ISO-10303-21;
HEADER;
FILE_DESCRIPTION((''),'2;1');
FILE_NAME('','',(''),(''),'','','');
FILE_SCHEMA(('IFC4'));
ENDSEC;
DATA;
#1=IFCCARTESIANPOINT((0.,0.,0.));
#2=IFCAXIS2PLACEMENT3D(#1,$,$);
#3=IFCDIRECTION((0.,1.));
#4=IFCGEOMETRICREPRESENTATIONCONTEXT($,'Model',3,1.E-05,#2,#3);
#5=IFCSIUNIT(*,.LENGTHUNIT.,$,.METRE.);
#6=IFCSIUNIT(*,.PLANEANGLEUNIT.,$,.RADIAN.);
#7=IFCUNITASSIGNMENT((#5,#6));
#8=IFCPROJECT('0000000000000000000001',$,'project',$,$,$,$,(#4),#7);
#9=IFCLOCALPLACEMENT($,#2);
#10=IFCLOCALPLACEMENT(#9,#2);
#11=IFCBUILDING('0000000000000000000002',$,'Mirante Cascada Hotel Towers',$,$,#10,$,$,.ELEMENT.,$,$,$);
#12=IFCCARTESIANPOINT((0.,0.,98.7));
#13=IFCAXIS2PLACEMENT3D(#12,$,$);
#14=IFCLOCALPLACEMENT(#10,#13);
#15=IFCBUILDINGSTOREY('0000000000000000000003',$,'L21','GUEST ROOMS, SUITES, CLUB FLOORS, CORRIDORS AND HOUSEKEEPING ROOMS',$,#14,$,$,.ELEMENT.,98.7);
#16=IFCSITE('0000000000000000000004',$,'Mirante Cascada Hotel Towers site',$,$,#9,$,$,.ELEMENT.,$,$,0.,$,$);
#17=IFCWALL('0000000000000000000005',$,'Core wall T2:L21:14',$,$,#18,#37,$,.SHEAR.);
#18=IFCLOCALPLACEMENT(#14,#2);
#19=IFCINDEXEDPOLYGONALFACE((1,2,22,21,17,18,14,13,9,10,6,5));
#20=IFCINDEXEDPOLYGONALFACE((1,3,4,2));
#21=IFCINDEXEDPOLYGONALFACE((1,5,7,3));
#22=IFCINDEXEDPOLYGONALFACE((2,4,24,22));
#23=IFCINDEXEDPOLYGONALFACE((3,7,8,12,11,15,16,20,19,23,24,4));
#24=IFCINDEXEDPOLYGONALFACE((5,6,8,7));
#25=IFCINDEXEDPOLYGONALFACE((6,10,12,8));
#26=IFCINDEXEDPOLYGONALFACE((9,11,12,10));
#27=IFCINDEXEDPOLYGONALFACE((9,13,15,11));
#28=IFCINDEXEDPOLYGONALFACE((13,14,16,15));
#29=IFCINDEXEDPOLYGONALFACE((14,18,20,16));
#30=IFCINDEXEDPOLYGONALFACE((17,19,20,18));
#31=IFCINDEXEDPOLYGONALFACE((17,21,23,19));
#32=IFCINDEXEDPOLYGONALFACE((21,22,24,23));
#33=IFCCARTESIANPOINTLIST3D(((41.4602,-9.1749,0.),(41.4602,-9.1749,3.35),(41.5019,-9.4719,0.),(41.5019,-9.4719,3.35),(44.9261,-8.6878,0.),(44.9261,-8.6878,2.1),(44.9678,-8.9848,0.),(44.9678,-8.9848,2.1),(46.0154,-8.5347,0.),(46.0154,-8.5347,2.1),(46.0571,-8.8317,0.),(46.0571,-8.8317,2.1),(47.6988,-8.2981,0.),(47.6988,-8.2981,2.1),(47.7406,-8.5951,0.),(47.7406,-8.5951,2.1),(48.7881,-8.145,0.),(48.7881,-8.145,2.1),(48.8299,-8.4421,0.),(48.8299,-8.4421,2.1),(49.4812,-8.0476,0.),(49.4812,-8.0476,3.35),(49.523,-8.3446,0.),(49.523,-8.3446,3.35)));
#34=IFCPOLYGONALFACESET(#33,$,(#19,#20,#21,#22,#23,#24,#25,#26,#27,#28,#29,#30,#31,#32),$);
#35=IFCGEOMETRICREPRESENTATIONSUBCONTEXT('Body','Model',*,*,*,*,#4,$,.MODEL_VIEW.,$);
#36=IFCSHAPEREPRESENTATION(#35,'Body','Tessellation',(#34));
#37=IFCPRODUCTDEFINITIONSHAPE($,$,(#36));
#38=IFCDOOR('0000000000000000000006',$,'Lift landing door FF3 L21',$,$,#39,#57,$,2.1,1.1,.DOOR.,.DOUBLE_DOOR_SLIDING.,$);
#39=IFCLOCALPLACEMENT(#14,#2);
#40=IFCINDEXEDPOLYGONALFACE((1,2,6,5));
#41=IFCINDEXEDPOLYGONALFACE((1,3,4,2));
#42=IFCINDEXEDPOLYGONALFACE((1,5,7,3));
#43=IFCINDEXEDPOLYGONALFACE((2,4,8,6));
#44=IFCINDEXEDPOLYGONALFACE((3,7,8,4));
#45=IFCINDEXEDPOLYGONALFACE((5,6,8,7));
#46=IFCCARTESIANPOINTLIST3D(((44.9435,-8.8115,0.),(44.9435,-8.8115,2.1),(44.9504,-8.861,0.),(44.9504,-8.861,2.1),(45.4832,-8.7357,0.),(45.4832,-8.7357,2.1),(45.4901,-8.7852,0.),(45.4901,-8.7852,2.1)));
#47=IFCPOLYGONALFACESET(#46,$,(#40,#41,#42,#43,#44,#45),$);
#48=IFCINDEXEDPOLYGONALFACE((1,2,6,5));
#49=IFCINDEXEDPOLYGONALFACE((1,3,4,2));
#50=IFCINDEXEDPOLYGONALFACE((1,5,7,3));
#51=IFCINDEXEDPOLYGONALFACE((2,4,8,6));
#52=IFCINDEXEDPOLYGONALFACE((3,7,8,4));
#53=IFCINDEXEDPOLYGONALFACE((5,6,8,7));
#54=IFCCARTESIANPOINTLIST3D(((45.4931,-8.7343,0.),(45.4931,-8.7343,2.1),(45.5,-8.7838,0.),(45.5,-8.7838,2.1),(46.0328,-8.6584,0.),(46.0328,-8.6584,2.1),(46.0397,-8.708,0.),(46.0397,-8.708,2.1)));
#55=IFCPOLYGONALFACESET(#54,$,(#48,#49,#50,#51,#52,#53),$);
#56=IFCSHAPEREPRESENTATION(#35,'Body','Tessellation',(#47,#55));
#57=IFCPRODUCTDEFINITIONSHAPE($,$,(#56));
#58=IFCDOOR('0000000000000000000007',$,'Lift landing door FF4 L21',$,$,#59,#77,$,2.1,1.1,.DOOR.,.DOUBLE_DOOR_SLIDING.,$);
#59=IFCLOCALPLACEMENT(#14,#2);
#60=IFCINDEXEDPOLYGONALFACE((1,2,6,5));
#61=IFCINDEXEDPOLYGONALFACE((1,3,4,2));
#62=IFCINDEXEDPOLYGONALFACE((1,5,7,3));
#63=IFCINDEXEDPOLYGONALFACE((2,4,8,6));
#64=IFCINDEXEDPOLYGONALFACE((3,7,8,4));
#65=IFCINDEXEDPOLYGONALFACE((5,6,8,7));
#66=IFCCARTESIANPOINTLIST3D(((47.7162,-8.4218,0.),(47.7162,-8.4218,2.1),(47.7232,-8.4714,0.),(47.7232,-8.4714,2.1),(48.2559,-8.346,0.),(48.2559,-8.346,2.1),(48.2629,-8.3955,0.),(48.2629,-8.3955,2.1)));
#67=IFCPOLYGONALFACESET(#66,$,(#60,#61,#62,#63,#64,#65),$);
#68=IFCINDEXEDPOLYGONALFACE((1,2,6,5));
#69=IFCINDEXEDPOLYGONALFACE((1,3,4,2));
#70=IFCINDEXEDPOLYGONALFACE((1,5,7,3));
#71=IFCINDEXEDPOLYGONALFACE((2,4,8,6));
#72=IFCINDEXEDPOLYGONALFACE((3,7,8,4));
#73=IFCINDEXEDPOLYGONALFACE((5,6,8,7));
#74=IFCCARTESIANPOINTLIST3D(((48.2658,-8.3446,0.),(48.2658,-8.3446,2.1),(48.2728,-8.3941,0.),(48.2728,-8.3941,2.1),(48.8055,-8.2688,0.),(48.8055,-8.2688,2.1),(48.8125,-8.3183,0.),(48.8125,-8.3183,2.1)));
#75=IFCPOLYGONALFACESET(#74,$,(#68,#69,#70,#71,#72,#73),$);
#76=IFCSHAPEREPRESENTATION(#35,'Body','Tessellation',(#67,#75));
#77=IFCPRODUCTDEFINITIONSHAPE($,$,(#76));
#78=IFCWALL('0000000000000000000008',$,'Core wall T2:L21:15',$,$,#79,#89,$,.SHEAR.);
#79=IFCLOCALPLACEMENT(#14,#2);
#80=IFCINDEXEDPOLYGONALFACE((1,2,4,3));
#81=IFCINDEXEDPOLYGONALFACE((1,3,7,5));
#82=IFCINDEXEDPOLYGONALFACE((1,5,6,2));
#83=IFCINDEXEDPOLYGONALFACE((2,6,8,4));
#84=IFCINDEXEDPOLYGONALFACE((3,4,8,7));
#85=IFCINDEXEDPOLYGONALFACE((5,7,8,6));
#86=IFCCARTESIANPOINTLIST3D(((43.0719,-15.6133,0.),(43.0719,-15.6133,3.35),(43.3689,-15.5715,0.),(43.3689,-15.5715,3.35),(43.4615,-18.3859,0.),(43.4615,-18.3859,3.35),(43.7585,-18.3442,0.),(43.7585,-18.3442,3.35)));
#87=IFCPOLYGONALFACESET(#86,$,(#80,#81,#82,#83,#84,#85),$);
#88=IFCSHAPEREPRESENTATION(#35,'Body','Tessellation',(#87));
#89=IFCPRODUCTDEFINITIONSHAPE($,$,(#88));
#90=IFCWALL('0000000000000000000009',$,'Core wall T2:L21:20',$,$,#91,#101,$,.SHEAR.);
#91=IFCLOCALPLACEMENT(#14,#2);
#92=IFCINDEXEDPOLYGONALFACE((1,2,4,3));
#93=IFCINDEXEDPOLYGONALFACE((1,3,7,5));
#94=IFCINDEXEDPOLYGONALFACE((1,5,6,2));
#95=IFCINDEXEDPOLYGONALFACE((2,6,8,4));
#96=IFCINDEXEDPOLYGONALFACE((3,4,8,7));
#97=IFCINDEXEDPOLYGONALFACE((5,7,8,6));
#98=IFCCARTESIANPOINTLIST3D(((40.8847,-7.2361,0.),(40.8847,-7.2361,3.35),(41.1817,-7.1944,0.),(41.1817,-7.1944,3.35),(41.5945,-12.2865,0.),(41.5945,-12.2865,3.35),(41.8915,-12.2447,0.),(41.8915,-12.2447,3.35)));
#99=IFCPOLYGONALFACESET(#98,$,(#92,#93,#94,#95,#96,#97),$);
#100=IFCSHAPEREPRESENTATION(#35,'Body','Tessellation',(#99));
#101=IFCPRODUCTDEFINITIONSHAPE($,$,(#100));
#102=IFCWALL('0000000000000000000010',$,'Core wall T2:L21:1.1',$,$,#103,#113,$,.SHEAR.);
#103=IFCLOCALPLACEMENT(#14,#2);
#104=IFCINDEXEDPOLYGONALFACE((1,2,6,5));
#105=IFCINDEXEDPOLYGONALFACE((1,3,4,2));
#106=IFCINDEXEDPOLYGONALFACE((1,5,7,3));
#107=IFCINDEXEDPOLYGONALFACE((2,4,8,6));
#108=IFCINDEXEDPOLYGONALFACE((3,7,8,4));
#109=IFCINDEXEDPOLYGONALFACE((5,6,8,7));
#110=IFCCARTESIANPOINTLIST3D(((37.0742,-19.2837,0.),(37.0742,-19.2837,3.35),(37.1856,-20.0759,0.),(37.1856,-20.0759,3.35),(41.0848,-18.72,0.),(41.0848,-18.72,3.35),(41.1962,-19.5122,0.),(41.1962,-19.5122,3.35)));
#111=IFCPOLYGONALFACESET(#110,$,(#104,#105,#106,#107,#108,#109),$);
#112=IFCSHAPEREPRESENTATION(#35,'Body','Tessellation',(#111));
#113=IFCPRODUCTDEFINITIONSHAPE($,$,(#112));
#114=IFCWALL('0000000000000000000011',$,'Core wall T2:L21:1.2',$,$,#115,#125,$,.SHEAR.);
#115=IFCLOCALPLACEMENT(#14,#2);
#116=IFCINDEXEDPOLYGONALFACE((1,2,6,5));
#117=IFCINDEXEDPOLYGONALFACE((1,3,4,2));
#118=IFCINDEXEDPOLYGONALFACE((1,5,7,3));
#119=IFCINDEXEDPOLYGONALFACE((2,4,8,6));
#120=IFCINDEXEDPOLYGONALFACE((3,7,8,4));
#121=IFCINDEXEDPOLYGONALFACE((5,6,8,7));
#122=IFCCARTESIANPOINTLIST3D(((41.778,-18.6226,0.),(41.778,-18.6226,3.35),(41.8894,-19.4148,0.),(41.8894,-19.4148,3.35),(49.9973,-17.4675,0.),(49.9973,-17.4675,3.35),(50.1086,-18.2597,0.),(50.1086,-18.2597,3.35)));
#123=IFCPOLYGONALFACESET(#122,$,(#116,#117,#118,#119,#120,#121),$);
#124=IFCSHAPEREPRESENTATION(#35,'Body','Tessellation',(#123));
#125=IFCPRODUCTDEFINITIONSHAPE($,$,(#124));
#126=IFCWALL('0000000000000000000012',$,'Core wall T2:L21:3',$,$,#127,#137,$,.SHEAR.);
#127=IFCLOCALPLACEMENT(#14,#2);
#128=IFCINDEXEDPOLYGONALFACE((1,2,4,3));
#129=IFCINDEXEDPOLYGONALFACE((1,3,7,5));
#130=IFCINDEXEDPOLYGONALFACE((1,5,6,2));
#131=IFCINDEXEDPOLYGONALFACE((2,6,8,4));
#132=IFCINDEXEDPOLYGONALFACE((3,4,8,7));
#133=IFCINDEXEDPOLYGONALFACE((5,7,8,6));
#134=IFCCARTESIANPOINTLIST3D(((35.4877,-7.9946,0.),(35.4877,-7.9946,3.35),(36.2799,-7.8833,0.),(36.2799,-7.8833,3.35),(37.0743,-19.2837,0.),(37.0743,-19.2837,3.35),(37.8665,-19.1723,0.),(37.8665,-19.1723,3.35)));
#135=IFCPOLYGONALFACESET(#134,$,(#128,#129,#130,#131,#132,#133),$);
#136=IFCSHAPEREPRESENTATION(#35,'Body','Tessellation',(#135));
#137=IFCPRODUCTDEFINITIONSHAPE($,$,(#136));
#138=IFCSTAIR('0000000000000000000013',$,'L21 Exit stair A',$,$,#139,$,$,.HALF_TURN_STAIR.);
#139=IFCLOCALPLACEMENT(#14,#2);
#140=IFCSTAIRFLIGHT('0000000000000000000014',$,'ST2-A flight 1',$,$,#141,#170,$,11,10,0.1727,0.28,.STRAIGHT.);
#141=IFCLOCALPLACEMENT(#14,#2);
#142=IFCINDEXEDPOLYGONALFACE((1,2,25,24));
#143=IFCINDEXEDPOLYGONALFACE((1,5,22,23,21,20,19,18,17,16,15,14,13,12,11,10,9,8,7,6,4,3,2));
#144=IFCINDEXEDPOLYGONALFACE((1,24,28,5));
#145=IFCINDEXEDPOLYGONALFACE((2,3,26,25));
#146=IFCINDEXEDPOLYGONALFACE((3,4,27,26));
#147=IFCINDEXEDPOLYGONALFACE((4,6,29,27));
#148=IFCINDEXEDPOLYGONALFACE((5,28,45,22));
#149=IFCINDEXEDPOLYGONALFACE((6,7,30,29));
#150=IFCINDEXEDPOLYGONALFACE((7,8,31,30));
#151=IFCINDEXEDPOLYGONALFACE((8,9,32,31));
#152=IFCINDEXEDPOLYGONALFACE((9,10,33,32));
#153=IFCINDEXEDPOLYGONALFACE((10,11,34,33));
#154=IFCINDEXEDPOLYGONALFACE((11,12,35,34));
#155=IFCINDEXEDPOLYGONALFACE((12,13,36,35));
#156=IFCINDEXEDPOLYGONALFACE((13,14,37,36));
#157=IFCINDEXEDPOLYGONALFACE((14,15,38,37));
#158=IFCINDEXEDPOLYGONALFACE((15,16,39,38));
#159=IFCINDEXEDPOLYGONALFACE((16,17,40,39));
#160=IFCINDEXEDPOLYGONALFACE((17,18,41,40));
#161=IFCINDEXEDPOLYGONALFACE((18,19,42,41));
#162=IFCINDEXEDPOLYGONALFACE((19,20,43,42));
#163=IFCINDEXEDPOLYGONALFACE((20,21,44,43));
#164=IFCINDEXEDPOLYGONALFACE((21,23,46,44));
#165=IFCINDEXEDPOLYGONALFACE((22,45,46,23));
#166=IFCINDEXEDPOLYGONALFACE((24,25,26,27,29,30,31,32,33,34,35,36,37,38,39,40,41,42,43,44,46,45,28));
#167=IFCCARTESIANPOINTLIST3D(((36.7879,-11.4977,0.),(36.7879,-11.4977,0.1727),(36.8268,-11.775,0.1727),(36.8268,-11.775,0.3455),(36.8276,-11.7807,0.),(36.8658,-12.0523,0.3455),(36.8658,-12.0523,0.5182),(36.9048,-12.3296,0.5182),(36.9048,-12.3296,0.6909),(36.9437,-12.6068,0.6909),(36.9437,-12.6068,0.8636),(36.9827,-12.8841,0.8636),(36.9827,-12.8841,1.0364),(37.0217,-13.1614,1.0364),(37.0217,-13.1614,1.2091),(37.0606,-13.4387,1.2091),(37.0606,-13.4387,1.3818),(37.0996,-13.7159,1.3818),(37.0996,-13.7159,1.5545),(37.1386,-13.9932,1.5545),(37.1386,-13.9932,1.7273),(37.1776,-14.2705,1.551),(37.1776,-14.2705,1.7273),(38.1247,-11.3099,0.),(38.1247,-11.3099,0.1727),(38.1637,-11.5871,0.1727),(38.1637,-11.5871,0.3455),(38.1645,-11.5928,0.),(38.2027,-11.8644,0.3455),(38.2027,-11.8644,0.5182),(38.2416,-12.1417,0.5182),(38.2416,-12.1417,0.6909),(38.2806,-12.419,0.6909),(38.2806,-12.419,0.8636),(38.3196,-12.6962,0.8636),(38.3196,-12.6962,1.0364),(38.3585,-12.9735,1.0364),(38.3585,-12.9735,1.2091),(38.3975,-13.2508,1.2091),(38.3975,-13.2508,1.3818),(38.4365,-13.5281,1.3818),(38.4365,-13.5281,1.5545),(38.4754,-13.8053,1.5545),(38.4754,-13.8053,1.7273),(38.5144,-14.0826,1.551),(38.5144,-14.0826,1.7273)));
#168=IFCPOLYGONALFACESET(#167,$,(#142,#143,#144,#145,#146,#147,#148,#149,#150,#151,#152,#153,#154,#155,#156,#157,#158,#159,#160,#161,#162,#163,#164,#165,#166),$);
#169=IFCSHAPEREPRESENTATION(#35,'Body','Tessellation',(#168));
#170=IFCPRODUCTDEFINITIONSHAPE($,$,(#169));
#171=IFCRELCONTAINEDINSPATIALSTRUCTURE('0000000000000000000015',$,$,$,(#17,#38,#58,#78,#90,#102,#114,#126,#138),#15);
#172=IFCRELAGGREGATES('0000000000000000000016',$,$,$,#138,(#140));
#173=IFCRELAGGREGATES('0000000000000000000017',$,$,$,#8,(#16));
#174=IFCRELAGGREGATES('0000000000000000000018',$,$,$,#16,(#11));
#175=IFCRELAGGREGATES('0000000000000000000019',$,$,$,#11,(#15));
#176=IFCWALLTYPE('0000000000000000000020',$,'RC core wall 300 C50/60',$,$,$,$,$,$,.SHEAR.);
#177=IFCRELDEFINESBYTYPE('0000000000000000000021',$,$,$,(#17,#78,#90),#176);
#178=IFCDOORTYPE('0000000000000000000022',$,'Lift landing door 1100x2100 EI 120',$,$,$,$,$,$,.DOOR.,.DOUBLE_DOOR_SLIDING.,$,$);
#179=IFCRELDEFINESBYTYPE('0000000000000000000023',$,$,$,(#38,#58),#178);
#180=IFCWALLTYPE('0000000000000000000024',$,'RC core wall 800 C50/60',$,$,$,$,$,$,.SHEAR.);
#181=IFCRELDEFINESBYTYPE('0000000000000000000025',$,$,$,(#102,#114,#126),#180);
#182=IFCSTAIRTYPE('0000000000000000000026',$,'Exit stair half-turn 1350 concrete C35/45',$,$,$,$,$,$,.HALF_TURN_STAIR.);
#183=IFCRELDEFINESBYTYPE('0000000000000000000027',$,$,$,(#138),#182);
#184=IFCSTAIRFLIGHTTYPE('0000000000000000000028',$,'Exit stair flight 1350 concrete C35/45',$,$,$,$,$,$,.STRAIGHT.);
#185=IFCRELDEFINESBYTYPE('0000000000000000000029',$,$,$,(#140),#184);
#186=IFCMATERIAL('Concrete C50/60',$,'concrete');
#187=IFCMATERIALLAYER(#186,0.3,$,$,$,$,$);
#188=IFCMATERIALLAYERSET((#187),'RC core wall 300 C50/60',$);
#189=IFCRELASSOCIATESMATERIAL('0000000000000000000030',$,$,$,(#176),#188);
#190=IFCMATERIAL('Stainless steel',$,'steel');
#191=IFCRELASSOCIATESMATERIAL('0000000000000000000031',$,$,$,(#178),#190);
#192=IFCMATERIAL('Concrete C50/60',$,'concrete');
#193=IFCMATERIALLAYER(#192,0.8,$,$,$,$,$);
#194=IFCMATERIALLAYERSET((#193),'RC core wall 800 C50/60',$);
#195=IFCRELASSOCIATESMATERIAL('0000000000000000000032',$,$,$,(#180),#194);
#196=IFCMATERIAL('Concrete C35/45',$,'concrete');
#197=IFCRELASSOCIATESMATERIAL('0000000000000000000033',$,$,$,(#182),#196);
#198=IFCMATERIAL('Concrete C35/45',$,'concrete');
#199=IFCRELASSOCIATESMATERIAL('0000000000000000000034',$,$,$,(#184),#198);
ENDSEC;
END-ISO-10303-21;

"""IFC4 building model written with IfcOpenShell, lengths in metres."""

from ifc_helpers import new_model, si_unit, direction, frame, frame_2d, origin, place, context, subcontext, project, spatial, polyline, rectangle, outline, extrude, material, layer, layer_set, type_object, element, fill, aggregate, save


model = new_model("IFC4")

# Units and contexts
model_context = context("Model", 3, precision=1e-05, world=origin(), true_north=direction((0.0, 1.0)))
body_context = subcontext(model_context, "Body", "Model", "MODEL_VIEW")
ifc_project = project(units=[si_unit("LENGTHUNIT", "METRE"), si_unit("PLANEANGLEUNIT", "RADIAN")], contexts=[model_context])

# Site, building, storey
site_placement = place(None, origin())
site = spatial("IfcSite", under=ifc_project, at=site_placement, Name="Mirante Cascada Hotel Towers site", CompositionType="ELEMENT", RefElevation=0.0)
building_placement = place(site_placement, origin())
building = spatial("IfcBuilding", under=site, at=building_placement, Name="Mirante Cascada Hotel Towers", CompositionType="ELEMENT")
storey_placement = place(building_placement, frame((0.0, 0.0, 98.7)))
storey = spatial("IfcBuildingStorey", under=building, at=storey_placement, Name="L21", Description="GUEST ROOMS, SUITES, CLUB FLOORS, CORRIDORS AND HOUSEKEEPING ROOMS", CompositionType="ELEMENT", Elevation=98.7)

# Shared definitions
ifc_material_1 = material(Name="Concrete C50/60", Category="concrete")
ifc_layer_1 = layer(ifc_material_1, 0.3)
ifc_layer_set_1 = layer_set([ifc_layer_1], Name="RC core wall 300 C50/60")
wall_type_1 = type_object("IfcWallType", Name="RC core wall 300 C50/60", PredefinedType="SHEAR", material=ifc_layer_set_1)

# Shared definitions
ifc_material_2 = material(Name="Stainless steel", Category="steel")
door_type_1 = type_object("IfcDoorType", Name="Lift landing door 1100x2100 EI 120", OperationType="DOUBLE_DOOR_SLIDING", PredefinedType="DOOR", material=ifc_material_2)

# Wall, openings, doors
wall_1_placement = place(storey_placement, frame((41.481, -9.3234, 0.0), z_axis=(0.0, 0.0, 1.0), x_axis=(0.990268, 0.139174, 0.0)))
wall_1 = element("IfcWall", 1, at=wall_1_placement, inside=storey, type_object=wall_type_1, Name="Core wall T2:L21:14", PredefinedType="SHEAR", context=body_context, shape_type="SweptSolid", body=[
    extrude(rectangle(XDim=8.0999, YDim=0.3, at=frame_2d((4.05, 0.0))), origin(), (0.0, 0.0, 1.0), 3.35),
])
opening_1_placement = place(wall_1_placement, frame((3.5, 0.0, 0.0)))
opening_1 = element("IfcOpeningElement", 2, at=opening_1_placement, cuts=wall_1, PredefinedType="OPENING", context=body_context, shape_type="SweptSolid", body=[
    extrude(rectangle(XDim=1.1, YDim=2.1, at=frame_2d((0.55, 1.05))), frame((0.0, 0.15, 0.0), z_axis=(0.0, -1.0, 0.0), x_axis=(1.0, 0.0, 0.0)), (0.0, 0.0, 1.0), 0.3),
])
opening_2_placement = place(wall_1_placement, frame((6.3, 0.0, 0.0)))
opening_2 = element("IfcOpeningElement", 3, at=opening_2_placement, cuts=wall_1, PredefinedType="OPENING", context=body_context, shape_type="SweptSolid", body=[
    extrude(rectangle(XDim=1.1, YDim=2.1, at=frame_2d((0.55, 1.05))), frame((0.0, 0.15, 0.0), z_axis=(0.0, -1.0, 0.0), x_axis=(1.0, 0.0, 0.0)), (0.0, 0.0, 1.0), 0.3),
])
door_1_placement = place(opening_1_placement, origin())
door_1 = element("IfcDoor", 4, at=door_1_placement, inside=storey, type_object=door_type_1, Name="Lift landing door FF3 L21", OperationType="DOUBLE_DOOR_SLIDING", OverallHeight=2.1, OverallWidth=1.1, PredefinedType="DOOR", context=body_context, shape_type="SweptSolid", body=[
    extrude(rectangle(XDim=0.545, YDim=2.1, at=frame_2d((0.2725, 1.05))), frame((0.0, 0.025, 0.0), z_axis=(0.0, -1.0, 0.0), x_axis=(1.0, 0.0, 0.0)), (0.0, 0.0, 1.0), 0.05),
    extrude(rectangle(XDim=0.545, YDim=2.1, at=frame_2d((0.8275, 1.05))), frame((0.0, 0.025, 0.0), z_axis=(0.0, -1.0, 0.0), x_axis=(1.0, 0.0, 0.0)), (0.0, 0.0, 1.0), 0.05),
])
fill(opening_1, door_1)
door_2_placement = place(opening_2_placement, origin())
door_2 = element("IfcDoor", 5, at=door_2_placement, inside=storey, type_object=door_type_1, Name="Lift landing door FF4 L21", OperationType="DOUBLE_DOOR_SLIDING", OverallHeight=2.1, OverallWidth=1.1, PredefinedType="DOOR", context=body_context, shape_type="SweptSolid", body=[
    extrude(rectangle(XDim=0.545, YDim=2.1, at=frame_2d((0.2725, 1.05))), frame((0.0, 0.025, 0.0), z_axis=(0.0, -1.0, 0.0), x_axis=(1.0, 0.0, 0.0)), (0.0, 0.0, 1.0), 0.05),
    extrude(rectangle(XDim=0.545, YDim=2.1, at=frame_2d((0.8275, 1.05))), frame((0.0, 0.025, 0.0), z_axis=(0.0, -1.0, 0.0), x_axis=(1.0, 0.0, 0.0)), (0.0, 0.0, 1.0), 0.05),
])
fill(opening_2, door_2)

# Walls
wall_2_placement = place(storey_placement, frame((43.61, -18.3651, 0.0), z_axis=(0.0, 0.0, 1.0), x_axis=(-0.139146, 0.990272, 0.0)))
element("IfcWall", 6, at=wall_2_placement, inside=storey, type_object=wall_type_1, Name="Core wall T2:L21:15", PredefinedType="SHEAR", context=body_context, shape_type="SweptSolid", body=[
    extrude(rectangle(XDim=2.7999, YDim=0.3, at=frame_2d((1.4, 0.0))), origin(), (0.0, 0.0, 1.0), 3.35),
])
wall_3_placement = place(storey_placement, frame((41.743, -12.2656, 0.0), z_axis=(0.0, 0.0, 1.0), x_axis=(-0.139176, 0.990268, 0.0)))
element("IfcWall", 7, at=wall_3_placement, inside=storey, type_object=wall_type_1, Name="Core wall T2:L21:20", PredefinedType="SHEAR", context=body_context, shape_type="SweptSolid", body=[
    extrude(rectangle(XDim=5.1, YDim=0.3, at=frame_2d((2.55, 0.0))), origin(), (0.0, 0.0, 1.0), 3.35),
])
ifc_material_3 = material(Name="Concrete C50/60", Category="concrete")
ifc_layer_2 = layer(ifc_material_3, 0.8)
ifc_layer_set_2 = layer_set([ifc_layer_2], Name="RC core wall 800 C50/60")
wall_type_2 = type_object("IfcWallType", Name="RC core wall 800 C50/60", PredefinedType="SHEAR", material=ifc_layer_set_2)
wall_4_placement = place(storey_placement, frame((37.1299, -19.6798, 0.0), z_axis=(0.0, 0.0, 1.0), x_axis=(0.990267, 0.139184, 0.0)))
element("IfcWall", 8, at=wall_4_placement, inside=storey, type_object=wall_type_2, Name="Core wall T2:L21:1.1", PredefinedType="SHEAR", context=body_context, shape_type="SweptSolid", body=[
    extrude(rectangle(XDim=4.05, YDim=0.8, at=frame_2d((2.025, 0.0))), origin(), (0.0, 0.0, 1.0), 3.35),
])
wall_5_placement = place(storey_placement, frame((41.8337, -19.0187, 0.0), z_axis=(0.0, 0.0, 1.0), x_axis=(0.990269, 0.139169, 0.0)))
element("IfcWall", 9, at=wall_5_placement, inside=storey, type_object=wall_type_2, Name="Core wall T2:L21:1.2", PredefinedType="SHEAR", context=body_context, shape_type="SweptSolid", body=[
    extrude(rectangle(XDim=8.3, YDim=0.8, at=frame_2d((4.15, 0.0))), origin(), (0.0, 0.0, 1.0), 3.35),
])
wall_6_placement = place(storey_placement, frame((37.4704, -19.228, 0.0), z_axis=(0.0, 0.0, 1.0), x_axis=(-0.139175, 0.990268, 0.0)))
element("IfcWall", 10, at=wall_6_placement, inside=storey, type_object=wall_type_2, Name="Core wall T2:L21:3", PredefinedType="SHEAR", context=body_context, shape_type="SweptSolid", body=[
    extrude(rectangle(XDim=11.4, YDim=0.8, at=frame_2d((5.7, 0.0))), origin(), (0.0, 0.0, 1.0), 3.35),
])

# Stair, stair flight
ifc_material_4 = material(Name="Concrete C35/45", Category="concrete")
stair_type = type_object("IfcStairType", Name="Exit stair half-turn 1350 concrete C35/45", PredefinedType="HALF_TURN_STAIR", material=ifc_material_4)
stair_placement = place(storey_placement, origin())
stair = element("IfcStair", 11, at=stair_placement, inside=storey, type_object=stair_type, Name="L21 Exit stair A", PredefinedType="HALF_TURN_STAIR")
ifc_material_5 = material(Name="Concrete C35/45", Category="concrete")
stair_flight_type = type_object("IfcStairFlightType", Name="Exit stair flight 1350 concrete C35/45", PredefinedType="STRAIGHT", material=ifc_material_5)
stair_flight_1_placement = place(storey_placement, frame((37.4563, -11.4038, 0.0), z_axis=(0.0, 0.0, 1.0), x_axis=(0.139173, -0.990268, 0.0)))
stair_flight_1 = element("IfcStairFlight", 12, at=stair_flight_1_placement, type_object=stair_flight_type, Name="ST2-A flight 1", NumberOfRisers=11, NumberOfTreads=10, PredefinedType="STRAIGHT", RiserHeight=0.1727, TreadLength=0.28, context=body_context, shape_type="SweptSolid", body=[
    extrude(outline(polyline([(0.0, 0.0), (0.0, 0.1727), (0.28, 0.1727), (0.28, 0.3455), (0.56, 0.3455), (0.56, 0.5182), (0.84, 0.5182), (0.84, 0.6909), (1.12, 0.6909), (1.12, 0.8636), (1.4, 0.8636), (1.4, 1.0364), (1.68, 1.0364), (1.68, 1.2091), (1.96, 1.2091), (1.96, 1.3818), (2.24, 1.3818), (2.24, 1.5545), (2.52, 1.5545), (2.52, 1.7273), (2.8, 1.7273), (2.8, 1.9), (2.8, 1.551), (0.2857, 0.0), (0.0, 0.0)])), frame((0.0, 0.675, 0.0), z_axis=(0.0, -1.0, 0.0), x_axis=(1.0, 0.0, 0.0)), (0.0, 0.0, 1.0), 1.35),
])
aggregate(stair, [stair_flight_1])

save(model, "model.ifc")
